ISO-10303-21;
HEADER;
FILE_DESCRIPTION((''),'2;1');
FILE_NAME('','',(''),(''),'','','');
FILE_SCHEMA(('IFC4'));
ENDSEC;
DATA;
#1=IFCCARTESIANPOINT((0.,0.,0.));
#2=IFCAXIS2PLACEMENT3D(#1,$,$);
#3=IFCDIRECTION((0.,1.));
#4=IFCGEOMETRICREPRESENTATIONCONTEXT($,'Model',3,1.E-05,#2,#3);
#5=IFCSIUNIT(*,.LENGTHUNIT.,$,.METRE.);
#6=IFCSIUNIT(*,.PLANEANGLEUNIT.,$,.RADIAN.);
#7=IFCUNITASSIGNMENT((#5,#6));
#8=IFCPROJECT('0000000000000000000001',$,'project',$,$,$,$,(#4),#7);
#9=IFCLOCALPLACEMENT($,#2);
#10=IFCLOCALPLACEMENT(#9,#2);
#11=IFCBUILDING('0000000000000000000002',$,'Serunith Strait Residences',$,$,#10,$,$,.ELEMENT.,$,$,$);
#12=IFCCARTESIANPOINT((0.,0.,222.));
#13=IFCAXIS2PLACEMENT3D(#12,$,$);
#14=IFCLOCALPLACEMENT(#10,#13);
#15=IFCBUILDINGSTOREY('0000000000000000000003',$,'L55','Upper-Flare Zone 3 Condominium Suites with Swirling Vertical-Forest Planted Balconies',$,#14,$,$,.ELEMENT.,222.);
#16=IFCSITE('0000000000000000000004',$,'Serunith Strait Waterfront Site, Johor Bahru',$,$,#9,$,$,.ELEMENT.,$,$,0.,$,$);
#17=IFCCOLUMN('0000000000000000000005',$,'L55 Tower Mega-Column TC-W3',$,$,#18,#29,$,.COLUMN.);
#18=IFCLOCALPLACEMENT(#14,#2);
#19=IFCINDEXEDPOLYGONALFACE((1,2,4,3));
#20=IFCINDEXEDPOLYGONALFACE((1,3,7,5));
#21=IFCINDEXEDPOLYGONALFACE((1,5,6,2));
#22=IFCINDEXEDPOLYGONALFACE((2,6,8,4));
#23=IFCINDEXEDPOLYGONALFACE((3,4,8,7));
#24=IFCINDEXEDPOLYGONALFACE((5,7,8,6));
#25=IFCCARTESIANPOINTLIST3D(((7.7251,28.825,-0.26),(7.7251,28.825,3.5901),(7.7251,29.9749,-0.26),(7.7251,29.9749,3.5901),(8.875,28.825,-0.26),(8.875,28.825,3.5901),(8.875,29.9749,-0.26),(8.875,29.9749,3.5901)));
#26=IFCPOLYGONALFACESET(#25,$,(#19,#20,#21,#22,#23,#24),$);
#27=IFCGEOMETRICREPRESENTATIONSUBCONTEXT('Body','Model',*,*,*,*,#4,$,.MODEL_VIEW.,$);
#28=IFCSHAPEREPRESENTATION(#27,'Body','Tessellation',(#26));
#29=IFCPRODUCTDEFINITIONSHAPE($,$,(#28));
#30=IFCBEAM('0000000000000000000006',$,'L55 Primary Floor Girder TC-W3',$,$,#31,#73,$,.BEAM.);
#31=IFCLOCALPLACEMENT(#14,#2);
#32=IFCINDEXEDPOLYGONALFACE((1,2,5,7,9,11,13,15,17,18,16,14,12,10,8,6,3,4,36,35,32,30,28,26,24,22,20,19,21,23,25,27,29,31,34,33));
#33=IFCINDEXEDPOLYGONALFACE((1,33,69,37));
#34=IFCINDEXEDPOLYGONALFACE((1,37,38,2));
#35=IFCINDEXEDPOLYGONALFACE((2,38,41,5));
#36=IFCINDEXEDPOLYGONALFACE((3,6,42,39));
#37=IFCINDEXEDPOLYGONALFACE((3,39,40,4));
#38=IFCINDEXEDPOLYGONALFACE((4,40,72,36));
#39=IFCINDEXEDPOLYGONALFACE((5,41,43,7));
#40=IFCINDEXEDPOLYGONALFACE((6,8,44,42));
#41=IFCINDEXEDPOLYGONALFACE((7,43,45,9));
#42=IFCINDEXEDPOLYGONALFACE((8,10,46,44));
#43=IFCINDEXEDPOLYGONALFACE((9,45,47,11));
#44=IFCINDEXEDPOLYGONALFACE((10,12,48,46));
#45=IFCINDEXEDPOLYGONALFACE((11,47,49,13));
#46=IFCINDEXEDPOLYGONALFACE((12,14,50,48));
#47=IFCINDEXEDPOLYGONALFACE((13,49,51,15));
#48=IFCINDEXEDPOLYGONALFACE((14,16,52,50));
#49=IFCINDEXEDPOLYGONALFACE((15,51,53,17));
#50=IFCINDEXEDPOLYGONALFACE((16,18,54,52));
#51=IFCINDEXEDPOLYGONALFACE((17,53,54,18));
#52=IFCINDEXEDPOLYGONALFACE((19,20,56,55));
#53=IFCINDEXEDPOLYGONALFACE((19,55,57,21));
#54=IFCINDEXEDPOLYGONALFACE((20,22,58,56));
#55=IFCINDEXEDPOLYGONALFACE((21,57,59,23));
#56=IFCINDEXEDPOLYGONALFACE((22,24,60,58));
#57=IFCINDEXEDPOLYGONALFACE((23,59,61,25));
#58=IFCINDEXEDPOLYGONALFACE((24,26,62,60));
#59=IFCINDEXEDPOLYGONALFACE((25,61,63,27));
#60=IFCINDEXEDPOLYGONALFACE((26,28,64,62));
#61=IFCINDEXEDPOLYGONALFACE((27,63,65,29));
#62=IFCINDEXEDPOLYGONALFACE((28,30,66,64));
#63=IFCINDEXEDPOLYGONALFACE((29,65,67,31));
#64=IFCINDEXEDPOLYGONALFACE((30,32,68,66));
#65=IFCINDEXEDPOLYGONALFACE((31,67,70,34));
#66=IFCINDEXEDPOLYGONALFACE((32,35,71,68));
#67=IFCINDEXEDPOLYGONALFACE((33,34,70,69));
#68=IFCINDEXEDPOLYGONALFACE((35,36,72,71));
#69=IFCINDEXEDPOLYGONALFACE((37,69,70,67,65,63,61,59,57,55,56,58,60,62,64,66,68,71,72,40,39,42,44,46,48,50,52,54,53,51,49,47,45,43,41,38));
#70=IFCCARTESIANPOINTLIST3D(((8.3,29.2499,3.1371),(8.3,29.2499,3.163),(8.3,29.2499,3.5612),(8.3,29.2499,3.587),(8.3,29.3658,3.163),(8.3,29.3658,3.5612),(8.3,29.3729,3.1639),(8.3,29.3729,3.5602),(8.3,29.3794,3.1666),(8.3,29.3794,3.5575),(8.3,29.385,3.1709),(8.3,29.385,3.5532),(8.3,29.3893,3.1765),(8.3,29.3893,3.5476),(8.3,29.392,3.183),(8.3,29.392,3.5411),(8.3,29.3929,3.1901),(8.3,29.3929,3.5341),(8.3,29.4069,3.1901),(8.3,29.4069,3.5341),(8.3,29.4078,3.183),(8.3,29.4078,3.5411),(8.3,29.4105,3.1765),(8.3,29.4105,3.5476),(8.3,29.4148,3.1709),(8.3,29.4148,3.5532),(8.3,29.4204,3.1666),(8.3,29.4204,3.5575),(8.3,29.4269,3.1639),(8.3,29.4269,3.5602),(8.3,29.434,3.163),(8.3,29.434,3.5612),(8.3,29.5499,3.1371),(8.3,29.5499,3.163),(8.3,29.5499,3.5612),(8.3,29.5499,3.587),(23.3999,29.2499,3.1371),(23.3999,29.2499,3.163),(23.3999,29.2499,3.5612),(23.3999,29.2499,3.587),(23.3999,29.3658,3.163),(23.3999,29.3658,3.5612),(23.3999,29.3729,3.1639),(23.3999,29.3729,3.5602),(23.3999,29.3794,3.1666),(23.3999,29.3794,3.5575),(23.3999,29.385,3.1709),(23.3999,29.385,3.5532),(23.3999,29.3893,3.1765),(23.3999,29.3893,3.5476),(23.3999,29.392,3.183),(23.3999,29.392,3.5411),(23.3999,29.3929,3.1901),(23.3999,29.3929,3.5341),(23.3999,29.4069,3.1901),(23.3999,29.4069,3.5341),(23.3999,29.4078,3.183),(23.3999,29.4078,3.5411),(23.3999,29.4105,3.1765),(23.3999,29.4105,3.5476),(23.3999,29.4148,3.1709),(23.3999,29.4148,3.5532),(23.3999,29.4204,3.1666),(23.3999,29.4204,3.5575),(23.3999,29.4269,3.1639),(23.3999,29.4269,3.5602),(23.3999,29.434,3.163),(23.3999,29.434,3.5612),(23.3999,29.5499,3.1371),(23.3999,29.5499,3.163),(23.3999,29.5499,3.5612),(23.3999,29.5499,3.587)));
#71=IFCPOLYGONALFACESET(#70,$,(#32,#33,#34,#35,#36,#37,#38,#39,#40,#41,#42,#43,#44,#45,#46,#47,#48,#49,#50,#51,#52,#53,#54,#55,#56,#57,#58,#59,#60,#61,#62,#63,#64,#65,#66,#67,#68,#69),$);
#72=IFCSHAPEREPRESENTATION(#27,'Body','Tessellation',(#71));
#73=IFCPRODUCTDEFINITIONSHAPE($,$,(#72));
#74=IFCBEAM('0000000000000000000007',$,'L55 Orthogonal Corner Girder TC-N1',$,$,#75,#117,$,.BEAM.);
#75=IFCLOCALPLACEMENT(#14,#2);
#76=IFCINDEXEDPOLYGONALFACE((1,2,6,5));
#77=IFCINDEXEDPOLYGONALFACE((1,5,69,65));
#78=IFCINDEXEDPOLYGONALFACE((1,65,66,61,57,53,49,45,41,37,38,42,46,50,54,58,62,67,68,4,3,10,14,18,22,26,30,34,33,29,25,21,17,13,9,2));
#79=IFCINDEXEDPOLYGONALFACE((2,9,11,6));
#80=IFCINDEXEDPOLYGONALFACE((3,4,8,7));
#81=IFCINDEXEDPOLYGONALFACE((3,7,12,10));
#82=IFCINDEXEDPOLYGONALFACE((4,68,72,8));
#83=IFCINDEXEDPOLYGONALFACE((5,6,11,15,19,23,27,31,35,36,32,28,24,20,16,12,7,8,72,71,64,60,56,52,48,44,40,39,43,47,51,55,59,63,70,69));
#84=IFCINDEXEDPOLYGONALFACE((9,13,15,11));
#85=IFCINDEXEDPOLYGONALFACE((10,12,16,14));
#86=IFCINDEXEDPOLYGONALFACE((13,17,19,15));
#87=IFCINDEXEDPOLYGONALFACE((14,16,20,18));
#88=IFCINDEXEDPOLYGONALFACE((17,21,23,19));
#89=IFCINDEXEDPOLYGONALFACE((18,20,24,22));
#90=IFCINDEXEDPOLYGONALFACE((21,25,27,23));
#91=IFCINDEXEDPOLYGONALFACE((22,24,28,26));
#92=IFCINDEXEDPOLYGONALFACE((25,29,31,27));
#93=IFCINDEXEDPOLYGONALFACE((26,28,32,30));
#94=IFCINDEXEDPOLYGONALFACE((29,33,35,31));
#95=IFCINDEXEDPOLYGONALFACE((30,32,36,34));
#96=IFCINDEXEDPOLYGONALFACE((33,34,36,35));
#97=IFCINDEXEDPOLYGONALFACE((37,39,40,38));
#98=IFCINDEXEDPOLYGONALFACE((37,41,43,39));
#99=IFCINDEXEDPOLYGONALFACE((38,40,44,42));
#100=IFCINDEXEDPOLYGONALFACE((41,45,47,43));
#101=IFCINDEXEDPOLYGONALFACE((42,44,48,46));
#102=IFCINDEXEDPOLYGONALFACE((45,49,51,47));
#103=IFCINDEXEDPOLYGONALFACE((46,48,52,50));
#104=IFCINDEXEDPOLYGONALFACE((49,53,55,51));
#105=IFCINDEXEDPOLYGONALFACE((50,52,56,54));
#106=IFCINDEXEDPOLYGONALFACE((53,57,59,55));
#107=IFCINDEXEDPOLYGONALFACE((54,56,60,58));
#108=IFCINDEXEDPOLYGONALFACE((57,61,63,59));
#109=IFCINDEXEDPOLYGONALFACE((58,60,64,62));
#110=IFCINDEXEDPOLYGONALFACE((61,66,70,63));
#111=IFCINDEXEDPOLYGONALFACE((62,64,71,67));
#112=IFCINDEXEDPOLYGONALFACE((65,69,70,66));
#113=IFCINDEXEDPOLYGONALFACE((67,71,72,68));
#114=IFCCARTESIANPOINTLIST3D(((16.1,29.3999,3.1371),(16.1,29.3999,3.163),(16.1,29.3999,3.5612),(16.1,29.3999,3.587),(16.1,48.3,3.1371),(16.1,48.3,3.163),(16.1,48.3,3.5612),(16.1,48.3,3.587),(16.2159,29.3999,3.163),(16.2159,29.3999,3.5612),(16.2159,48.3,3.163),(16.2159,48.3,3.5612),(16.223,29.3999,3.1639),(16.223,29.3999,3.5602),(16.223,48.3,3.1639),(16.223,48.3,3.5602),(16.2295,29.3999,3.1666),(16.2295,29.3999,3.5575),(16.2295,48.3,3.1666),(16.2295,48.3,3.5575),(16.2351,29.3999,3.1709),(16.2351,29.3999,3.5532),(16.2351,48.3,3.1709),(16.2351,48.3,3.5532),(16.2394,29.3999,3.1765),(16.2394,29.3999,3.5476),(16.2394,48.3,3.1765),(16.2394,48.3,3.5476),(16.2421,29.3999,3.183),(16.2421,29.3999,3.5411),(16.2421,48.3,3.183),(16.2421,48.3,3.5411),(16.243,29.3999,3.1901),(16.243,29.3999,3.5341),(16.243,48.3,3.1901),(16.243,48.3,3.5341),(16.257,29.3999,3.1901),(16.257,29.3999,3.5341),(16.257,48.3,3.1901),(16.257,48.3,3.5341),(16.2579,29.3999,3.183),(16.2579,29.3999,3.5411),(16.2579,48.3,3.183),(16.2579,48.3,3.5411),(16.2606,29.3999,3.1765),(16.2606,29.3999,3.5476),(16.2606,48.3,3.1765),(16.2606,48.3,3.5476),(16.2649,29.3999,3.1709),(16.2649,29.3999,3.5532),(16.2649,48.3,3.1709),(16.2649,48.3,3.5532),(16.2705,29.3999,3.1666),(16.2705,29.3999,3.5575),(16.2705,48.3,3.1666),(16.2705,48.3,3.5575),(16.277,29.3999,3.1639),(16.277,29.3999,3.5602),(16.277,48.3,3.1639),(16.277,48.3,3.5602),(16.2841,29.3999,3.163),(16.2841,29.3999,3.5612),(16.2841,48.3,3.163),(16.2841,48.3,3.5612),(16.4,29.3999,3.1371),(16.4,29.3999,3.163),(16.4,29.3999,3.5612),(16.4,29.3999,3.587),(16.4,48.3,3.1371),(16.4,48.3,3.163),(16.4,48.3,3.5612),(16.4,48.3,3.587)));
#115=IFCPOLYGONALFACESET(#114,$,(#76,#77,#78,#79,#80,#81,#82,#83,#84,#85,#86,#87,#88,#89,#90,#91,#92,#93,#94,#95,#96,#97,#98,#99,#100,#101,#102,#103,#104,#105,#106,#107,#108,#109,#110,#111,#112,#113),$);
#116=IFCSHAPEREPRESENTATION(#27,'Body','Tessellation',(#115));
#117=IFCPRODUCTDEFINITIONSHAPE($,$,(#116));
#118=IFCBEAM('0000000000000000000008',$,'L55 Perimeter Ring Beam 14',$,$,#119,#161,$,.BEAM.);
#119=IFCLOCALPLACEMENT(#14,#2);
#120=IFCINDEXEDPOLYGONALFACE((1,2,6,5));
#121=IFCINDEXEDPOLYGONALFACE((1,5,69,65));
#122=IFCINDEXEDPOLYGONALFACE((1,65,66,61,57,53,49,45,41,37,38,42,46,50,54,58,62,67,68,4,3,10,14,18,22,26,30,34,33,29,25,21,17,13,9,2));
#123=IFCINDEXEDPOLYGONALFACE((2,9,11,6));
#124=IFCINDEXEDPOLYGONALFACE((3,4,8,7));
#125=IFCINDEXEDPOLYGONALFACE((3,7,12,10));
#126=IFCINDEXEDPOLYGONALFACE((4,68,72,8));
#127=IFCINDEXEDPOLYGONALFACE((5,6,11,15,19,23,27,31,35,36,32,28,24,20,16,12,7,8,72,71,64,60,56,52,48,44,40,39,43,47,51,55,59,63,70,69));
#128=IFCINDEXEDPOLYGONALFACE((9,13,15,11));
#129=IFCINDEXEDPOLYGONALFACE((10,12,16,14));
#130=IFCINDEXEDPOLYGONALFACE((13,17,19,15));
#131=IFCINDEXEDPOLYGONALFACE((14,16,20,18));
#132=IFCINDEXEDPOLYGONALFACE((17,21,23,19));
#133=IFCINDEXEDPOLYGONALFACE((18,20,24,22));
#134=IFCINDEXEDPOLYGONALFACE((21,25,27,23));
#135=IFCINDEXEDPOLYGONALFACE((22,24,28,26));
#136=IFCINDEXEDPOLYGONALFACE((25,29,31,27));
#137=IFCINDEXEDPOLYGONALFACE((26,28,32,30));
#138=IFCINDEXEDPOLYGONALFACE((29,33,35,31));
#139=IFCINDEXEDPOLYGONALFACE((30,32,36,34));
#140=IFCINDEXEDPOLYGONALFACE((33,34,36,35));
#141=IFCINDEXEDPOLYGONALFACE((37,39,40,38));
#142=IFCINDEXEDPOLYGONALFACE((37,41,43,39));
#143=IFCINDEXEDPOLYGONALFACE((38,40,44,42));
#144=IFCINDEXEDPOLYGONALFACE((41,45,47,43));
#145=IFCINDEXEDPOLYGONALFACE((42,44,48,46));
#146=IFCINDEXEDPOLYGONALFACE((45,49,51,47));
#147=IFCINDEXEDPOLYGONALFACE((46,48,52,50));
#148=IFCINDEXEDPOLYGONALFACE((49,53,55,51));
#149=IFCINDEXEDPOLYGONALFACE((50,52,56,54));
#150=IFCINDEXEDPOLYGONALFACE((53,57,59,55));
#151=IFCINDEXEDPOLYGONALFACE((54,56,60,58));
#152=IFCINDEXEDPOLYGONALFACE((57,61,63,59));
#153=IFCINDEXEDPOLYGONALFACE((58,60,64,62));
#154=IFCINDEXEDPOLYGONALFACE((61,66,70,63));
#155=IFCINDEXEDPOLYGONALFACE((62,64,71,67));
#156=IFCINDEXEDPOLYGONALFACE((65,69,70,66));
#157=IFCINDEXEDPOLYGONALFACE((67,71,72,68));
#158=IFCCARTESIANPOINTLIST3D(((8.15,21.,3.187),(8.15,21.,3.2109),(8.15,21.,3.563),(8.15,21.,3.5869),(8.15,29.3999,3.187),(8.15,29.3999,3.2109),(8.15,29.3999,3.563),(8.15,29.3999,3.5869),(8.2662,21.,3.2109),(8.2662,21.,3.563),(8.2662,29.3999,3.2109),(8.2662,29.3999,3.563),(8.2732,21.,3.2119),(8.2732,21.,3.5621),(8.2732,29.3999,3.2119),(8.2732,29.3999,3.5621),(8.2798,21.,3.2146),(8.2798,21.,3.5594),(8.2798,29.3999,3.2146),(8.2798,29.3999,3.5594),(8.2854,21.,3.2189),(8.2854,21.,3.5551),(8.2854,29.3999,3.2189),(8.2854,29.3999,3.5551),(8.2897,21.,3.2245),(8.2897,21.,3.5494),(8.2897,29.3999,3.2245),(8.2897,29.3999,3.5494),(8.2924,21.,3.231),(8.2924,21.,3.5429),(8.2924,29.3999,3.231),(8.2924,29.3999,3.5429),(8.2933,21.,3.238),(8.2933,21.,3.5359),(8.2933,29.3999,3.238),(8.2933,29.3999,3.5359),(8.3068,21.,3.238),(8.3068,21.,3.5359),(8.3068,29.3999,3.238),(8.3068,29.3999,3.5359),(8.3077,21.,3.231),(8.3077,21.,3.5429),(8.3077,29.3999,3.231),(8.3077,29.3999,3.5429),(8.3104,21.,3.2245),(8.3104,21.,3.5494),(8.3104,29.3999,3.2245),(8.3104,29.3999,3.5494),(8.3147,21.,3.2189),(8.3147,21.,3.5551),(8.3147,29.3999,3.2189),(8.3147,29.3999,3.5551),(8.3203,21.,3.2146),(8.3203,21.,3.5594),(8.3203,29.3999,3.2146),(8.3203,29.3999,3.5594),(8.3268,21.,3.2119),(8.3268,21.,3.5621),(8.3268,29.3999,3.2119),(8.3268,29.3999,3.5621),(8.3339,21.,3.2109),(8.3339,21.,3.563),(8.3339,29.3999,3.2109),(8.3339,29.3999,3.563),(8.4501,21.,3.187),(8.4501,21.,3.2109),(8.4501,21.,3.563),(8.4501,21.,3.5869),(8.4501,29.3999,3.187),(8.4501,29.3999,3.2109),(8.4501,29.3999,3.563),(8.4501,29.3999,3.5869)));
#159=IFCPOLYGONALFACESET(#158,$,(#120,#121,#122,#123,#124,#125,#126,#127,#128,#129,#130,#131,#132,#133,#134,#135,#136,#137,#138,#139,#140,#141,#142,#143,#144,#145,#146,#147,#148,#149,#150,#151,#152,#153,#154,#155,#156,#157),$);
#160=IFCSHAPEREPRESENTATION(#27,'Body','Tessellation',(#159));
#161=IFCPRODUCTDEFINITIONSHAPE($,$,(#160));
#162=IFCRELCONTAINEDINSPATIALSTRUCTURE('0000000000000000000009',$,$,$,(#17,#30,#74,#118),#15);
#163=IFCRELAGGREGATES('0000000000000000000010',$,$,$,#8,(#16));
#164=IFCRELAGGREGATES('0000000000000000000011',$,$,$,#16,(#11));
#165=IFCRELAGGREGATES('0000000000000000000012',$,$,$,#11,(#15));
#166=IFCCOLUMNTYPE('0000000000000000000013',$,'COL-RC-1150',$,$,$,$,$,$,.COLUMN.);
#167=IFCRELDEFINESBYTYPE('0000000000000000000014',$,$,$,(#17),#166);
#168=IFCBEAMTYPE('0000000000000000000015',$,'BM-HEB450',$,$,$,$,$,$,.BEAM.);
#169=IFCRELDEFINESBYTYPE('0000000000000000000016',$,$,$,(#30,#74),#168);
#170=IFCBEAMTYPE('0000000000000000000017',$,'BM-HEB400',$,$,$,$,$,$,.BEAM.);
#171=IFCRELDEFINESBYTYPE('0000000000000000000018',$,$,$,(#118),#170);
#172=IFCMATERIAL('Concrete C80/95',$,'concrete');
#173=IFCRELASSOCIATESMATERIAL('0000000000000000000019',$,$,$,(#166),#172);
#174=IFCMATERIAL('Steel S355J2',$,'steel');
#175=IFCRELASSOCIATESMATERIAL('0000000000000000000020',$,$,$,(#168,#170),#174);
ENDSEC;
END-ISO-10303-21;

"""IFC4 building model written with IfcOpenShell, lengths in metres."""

from ifc_helpers import new_model, si_unit, direction, frame, origin, origin_2d, place, context, subcontext, project, spatial, rectangle, i_section, extrude, source, transform, mapped, material, material_profile, profile_set, type_object, element, save


model = new_model("IFC4")

# Units and contexts
model_context = context("Model", 3, precision=1e-05, world=origin(), true_north=direction((0.0, 1.0)))
body_context = subcontext(model_context, "Body", "Model", "MODEL_VIEW")
ifc_project = project(units=[si_unit("LENGTHUNIT", "METRE"), si_unit("PLANEANGLEUNIT", "RADIAN")], contexts=[model_context])

# Site, building, storey
site_placement = place(None, origin())
site = spatial("IfcSite", under=ifc_project, at=site_placement, Name="Serunith Strait Waterfront Site, Johor Bahru", CompositionType="ELEMENT", RefElevation=0.0)
building_placement = place(site_placement, origin())
building = spatial("IfcBuilding", under=site, at=building_placement, Name="Serunith Strait Residences", CompositionType="ELEMENT")
storey_placement = place(building_placement, frame((0.0, 0.0, 222.0)))
storey = spatial("IfcBuildingStorey", under=building, at=storey_placement, Name="L55", Description="Upper-Flare Zone 3 Condominium Suites with Swirling Vertical-Forest Planted Balconies", CompositionType="ELEMENT", Elevation=222.0)

# Column
ifc_material_1 = material(Name="Concrete C80/95", Category="concrete")
ifc_material_profile_1 = material_profile(ifc_material_1, rectangle(XDim=1.1499, YDim=1.1499, at=origin_2d()), Name="RC 1150x1150")
ifc_profile_set_1 = profile_set([ifc_material_profile_1], Name="Concrete C80/95")
column_type = type_object("IfcColumnType", Name="COL-RC-1150", PredefinedType="COLUMN", material=ifc_profile_set_1)
shared_shape_1 = source(origin(), body_context, "Body", "SweptSolid", [
    extrude(rectangle(XDim=1.1499, YDim=1.1499, at=origin_2d()), origin(), (0.0, 0.0, 1.0), 3.8501),
])
column_placement = place(storey_placement, frame((8.3, 29.3999, -0.26), z_axis=(0.0, 0.0, 1.0), x_axis=(1.0, 0.0, 0.0)))
element("IfcColumn", 1, at=column_placement, inside=storey, type_object=column_type, Name="L55 Tower Mega-Column TC-W3", PredefinedType="COLUMN", context=body_context, shape_type="MappedRepresentation", body=[
    mapped(shared_shape_1, transform((0.0, 0.0, 0.0), scale=1.0)),
])

# Beams
ifc_material_2 = material(Name="Steel S355J2", Category="steel")
ifc_material_profile_2 = material_profile(ifc_material_2, i_section(OverallWidth=0.3, OverallDepth=0.45, WebThickness=0.0139, FlangeThickness=0.0259, FilletRadius=0.0271, at=origin_2d()), Name="HEB 450")
ifc_profile_set_2 = profile_set([ifc_material_profile_2], Name="Steel S355J2")
beam_type_1 = type_object("IfcBeamType", Name="BM-HEB450", PredefinedType="BEAM", material=ifc_profile_set_2)
shared_shape_2 = source(origin(), body_context, "Body", "SweptSolid", [
    extrude(i_section(OverallWidth=0.3, OverallDepth=0.45, WebThickness=0.0139, FlangeThickness=0.0259, FilletRadius=0.0271, at=origin_2d()), origin(), (0.0, 0.0, 1.0), 15.0999),
])
beam_1_placement = place(storey_placement, frame((23.3999, 29.3999, 3.3621), z_axis=(-1.0, 0.0, 0.0), x_axis=(0.0, -1.0, 0.0)))
element("IfcBeam", 2, at=beam_1_placement, inside=storey, type_object=beam_type_1, Name="L55 Primary Floor Girder TC-W3", PredefinedType="BEAM", context=body_context, shape_type="MappedRepresentation", body=[
    mapped(shared_shape_2, transform((0.0, 0.0, 0.0), scale=1.0)),
])
shared_shape_3 = source(origin(), body_context, "Body", "SweptSolid", [
    extrude(i_section(OverallWidth=0.3, OverallDepth=0.45, WebThickness=0.0139, FlangeThickness=0.0259, FilletRadius=0.0271, at=origin_2d()), origin(), (0.0, 0.0, 1.0), 18.9001),
])
beam_2_placement = place(storey_placement, frame((16.25, 29.3999, 3.3621), z_axis=(0.0, 1.0, 0.0), x_axis=(-1.0, 0.0, 0.0)))
element("IfcBeam", 3, at=beam_2_placement, inside=storey, type_object=beam_type_1, Name="L55 Orthogonal Corner Girder TC-N1", PredefinedType="BEAM", context=body_context, shape_type="MappedRepresentation", body=[
    mapped(shared_shape_3, transform((0.0, 0.0, 0.0), scale=1.0)),
])
ifc_material_profile_3 = material_profile(ifc_material_2, i_section(OverallWidth=0.3, OverallDepth=0.3999, WebThickness=0.0134, FlangeThickness=0.0239, FilletRadius=0.0271, at=origin_2d()), Name="HEB 400")
ifc_profile_set_3 = profile_set([ifc_material_profile_3], Name="Steel S355J2")
beam_type_2 = type_object("IfcBeamType", Name="BM-HEB400", PredefinedType="BEAM", material=ifc_profile_set_3)
shared_shape_4 = source(origin(), body_context, "Body", "SweptSolid", [
    extrude(i_section(OverallWidth=0.3, OverallDepth=0.3999, WebThickness=0.0134, FlangeThickness=0.0239, FilletRadius=0.0271, at=origin_2d()), origin(), (0.0, 0.0, 1.0), 8.3999),
])
beam_3_placement = place(storey_placement, frame((8.3, 29.3999, 3.387), z_axis=(0.0, -1.0, 0.0), x_axis=(1.0, 0.0, 0.0)))
element("IfcBeam", 4, at=beam_3_placement, inside=storey, type_object=beam_type_2, Name="L55 Perimeter Ring Beam 14", PredefinedType="BEAM", context=body_context, shape_type="MappedRepresentation", body=[
    mapped(shared_shape_4, transform((0.0, 0.0, 0.0), scale=1.0)),
])

save(model, "model.ifc")
